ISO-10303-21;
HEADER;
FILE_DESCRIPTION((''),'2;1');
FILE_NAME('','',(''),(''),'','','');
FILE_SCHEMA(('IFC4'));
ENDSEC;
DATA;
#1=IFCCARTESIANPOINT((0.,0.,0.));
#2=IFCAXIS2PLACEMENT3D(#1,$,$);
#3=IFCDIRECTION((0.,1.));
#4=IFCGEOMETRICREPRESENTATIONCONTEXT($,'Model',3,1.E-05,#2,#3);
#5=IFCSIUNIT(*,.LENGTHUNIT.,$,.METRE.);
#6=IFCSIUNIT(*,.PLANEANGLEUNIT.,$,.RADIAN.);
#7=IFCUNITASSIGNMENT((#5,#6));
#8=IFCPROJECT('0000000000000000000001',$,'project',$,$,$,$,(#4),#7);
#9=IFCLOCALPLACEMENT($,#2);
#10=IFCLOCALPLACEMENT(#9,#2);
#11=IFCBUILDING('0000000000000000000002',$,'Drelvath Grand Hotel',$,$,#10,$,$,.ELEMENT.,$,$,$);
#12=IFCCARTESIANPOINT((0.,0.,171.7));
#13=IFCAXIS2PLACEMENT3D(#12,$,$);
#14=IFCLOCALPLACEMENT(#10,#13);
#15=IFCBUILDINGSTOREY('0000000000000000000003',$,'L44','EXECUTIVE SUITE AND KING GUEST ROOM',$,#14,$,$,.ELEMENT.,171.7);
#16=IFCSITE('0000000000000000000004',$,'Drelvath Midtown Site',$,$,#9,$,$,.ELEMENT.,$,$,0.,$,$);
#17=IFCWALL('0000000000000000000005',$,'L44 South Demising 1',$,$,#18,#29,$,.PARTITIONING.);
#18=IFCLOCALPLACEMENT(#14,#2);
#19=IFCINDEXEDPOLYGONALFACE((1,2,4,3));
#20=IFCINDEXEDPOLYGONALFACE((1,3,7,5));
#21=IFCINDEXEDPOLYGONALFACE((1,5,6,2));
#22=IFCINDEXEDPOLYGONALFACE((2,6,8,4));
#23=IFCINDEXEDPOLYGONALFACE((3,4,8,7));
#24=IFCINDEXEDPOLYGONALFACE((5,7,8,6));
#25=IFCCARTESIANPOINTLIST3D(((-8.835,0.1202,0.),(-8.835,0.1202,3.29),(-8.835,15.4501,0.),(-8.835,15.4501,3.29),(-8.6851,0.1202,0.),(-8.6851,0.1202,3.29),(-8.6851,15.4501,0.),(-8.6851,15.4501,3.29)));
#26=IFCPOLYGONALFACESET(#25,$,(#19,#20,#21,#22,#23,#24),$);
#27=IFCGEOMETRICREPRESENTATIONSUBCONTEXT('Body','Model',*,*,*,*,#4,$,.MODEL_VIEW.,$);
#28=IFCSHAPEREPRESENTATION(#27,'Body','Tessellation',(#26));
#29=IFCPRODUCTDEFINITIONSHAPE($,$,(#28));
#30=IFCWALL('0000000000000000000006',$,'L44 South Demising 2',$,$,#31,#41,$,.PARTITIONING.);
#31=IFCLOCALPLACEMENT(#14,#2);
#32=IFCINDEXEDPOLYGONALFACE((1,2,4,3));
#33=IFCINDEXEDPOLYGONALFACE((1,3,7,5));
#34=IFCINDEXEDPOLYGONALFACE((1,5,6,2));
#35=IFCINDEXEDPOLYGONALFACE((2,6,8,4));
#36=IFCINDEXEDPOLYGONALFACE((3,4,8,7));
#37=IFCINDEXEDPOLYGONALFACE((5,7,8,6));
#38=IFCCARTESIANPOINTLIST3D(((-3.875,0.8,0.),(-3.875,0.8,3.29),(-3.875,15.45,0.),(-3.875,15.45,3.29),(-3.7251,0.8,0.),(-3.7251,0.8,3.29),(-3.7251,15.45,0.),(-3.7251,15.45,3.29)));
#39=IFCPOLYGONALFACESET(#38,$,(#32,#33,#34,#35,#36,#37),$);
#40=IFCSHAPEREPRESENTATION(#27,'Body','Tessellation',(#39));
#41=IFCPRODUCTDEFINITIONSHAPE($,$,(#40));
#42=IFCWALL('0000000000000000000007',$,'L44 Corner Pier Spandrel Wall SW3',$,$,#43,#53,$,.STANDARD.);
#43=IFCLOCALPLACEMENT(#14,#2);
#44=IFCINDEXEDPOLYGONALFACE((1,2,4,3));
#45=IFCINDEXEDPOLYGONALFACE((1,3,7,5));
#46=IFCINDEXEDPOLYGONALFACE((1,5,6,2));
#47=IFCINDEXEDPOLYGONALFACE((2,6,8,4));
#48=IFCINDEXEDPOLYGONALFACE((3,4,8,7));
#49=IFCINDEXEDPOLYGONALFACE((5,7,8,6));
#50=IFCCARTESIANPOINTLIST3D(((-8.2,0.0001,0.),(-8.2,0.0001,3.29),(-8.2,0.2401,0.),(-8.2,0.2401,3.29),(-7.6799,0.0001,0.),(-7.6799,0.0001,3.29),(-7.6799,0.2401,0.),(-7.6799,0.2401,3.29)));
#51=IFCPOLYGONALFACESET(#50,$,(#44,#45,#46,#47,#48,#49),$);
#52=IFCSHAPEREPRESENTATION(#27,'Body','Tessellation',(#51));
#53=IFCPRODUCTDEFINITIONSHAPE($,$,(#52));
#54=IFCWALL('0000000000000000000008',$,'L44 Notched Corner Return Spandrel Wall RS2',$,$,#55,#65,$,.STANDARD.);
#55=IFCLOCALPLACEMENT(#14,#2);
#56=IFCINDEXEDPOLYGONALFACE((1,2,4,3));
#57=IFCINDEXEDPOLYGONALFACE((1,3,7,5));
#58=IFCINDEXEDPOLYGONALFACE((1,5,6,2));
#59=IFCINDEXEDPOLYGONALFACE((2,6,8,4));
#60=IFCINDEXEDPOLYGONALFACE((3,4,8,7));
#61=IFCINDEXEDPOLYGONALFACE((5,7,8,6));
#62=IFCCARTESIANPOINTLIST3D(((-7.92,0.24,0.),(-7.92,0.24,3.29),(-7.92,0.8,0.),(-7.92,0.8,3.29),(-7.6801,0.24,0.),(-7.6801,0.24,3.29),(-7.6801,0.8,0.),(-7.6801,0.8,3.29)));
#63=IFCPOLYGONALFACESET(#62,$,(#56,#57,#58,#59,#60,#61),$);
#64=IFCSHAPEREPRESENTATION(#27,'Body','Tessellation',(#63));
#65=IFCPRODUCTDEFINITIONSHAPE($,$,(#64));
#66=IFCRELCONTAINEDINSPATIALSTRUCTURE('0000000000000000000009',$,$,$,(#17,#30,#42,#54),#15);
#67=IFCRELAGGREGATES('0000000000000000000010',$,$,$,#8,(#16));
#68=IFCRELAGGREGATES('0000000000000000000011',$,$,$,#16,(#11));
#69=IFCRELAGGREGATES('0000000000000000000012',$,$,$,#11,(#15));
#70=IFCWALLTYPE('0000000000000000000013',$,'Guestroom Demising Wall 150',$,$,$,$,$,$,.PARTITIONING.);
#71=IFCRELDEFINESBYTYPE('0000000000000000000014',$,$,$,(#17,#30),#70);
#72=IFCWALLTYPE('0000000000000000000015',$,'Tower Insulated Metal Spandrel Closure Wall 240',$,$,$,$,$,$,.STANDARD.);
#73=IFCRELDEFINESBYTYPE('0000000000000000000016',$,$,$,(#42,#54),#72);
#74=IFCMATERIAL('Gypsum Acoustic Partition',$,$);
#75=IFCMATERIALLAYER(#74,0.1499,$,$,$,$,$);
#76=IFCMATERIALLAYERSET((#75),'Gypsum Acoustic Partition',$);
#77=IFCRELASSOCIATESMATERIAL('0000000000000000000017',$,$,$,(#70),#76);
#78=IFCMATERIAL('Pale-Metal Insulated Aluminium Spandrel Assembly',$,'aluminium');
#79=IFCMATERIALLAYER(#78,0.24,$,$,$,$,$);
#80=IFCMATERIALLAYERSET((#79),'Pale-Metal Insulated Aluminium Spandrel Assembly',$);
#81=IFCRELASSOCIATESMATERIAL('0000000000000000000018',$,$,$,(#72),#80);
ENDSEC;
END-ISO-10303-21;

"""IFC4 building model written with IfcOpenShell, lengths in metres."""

from ifc_helpers import new_model, si_unit, direction, frame, frame_2d, origin, place, context, subcontext, project, spatial, rectangle, extrude, material, layer, layer_set, type_object, element, save


model = new_model("IFC4")

# Units and contexts
model_context = context("Model", 3, precision=1e-05, world=origin(), true_north=direction((0.0, 1.0)))
body_context = subcontext(model_context, "Body", "Model", "MODEL_VIEW")
ifc_project = project(units=[si_unit("LENGTHUNIT", "METRE"), si_unit("PLANEANGLEUNIT", "RADIAN")], contexts=[model_context])

# Site, building, storey
site_placement = place(None, origin())
site = spatial("IfcSite", under=ifc_project, at=site_placement, Name="Drelvath Midtown Site", CompositionType="ELEMENT", RefElevation=0.0)
building_placement = place(site_placement, origin())
building = spatial("IfcBuilding", under=site, at=building_placement, Name="Drelvath Grand Hotel", CompositionType="ELEMENT")
storey_placement = place(building_placement, frame((0.0, 0.0, 171.7)))
storey = spatial("IfcBuildingStorey", under=building, at=storey_placement, Name="L44", Description="EXECUTIVE SUITE AND KING GUEST ROOM", CompositionType="ELEMENT", Elevation=171.7)

# Walls
ifc_material_1 = material(Name="Gypsum Acoustic Partition")
ifc_layer_1 = layer(ifc_material_1, 0.1499)
ifc_layer_set_1 = layer_set([ifc_layer_1], Name="Gypsum Acoustic Partition")
wall_type_1 = type_object("IfcWallType", Name="Guestroom Demising Wall 150", PredefinedType="PARTITIONING", material=ifc_layer_set_1)
wall_1_placement = place(storey_placement, frame((-8.76, 0.1201, 0.0), z_axis=(0.0, 0.0, 1.0), x_axis=(0.0, 1.0, 0.0)))
element("IfcWall", 1, at=wall_1_placement, inside=storey, type_object=wall_type_1, Name="L44 South Demising 1", PredefinedType="PARTITIONING", context=body_context, shape_type="SweptSolid", body=[
    extrude(rectangle(XDim=15.3298, YDim=0.1499, at=frame_2d((7.665, 0.0))), origin(), (0.0, 0.0, 1.0), 3.29),
])
wall_2_placement = place(storey_placement, frame((-3.8, 0.8, 0.0), z_axis=(0.0, 0.0, 1.0), x_axis=(0.0, 1.0, 0.0)))
element("IfcWall", 2, at=wall_2_placement, inside=storey, type_object=wall_type_1, Name="L44 South Demising 2", PredefinedType="PARTITIONING", context=body_context, shape_type="SweptSolid", body=[
    extrude(rectangle(XDim=14.6499, YDim=0.1499, at=frame_2d((7.325, 0.0))), origin(), (0.0, 0.0, 1.0), 3.29),
])
ifc_material_2 = material(Name="Pale-Metal Insulated Aluminium Spandrel Assembly", Category="aluminium")
ifc_layer_2 = layer(ifc_material_2, 0.24)
ifc_layer_set_2 = layer_set([ifc_layer_2], Name="Pale-Metal Insulated Aluminium Spandrel Assembly")
wall_type_2 = type_object("IfcWallType", Name="Tower Insulated Metal Spandrel Closure Wall 240", PredefinedType="STANDARD", material=ifc_layer_set_2)
wall_3_placement = place(storey_placement, frame((-7.6799, 0.1201, 0.0), z_axis=(0.0, 0.0, 1.0), x_axis=(-1.0, 0.0, 0.0)))
element("IfcWall", 3, at=wall_3_placement, inside=storey, type_object=wall_type_2, Name="L44 Corner Pier Spandrel Wall SW3", PredefinedType="STANDARD", context=body_context, shape_type="SweptSolid", body=[
    extrude(rectangle(XDim=0.52, YDim=0.24, at=frame_2d((0.26, 0.0))), origin(), (0.0, 0.0, 1.0), 3.29),
])
wall_4_placement = place(storey_placement, frame((-7.8, 0.8, 0.0), z_axis=(0.0, 0.0, 1.0), x_axis=(0.0, -1.0, 0.0)))
element("IfcWall", 4, at=wall_4_placement, inside=storey, type_object=wall_type_2, Name="L44 Notched Corner Return Spandrel Wall RS2", PredefinedType="STANDARD", context=body_context, shape_type="SweptSolid", body=[
    extrude(rectangle(XDim=0.5601, YDim=0.24, at=frame_2d((0.28, 0.0))), origin(), (0.0, 0.0, 1.0), 3.29),
])

save(model, "model.ifc")
